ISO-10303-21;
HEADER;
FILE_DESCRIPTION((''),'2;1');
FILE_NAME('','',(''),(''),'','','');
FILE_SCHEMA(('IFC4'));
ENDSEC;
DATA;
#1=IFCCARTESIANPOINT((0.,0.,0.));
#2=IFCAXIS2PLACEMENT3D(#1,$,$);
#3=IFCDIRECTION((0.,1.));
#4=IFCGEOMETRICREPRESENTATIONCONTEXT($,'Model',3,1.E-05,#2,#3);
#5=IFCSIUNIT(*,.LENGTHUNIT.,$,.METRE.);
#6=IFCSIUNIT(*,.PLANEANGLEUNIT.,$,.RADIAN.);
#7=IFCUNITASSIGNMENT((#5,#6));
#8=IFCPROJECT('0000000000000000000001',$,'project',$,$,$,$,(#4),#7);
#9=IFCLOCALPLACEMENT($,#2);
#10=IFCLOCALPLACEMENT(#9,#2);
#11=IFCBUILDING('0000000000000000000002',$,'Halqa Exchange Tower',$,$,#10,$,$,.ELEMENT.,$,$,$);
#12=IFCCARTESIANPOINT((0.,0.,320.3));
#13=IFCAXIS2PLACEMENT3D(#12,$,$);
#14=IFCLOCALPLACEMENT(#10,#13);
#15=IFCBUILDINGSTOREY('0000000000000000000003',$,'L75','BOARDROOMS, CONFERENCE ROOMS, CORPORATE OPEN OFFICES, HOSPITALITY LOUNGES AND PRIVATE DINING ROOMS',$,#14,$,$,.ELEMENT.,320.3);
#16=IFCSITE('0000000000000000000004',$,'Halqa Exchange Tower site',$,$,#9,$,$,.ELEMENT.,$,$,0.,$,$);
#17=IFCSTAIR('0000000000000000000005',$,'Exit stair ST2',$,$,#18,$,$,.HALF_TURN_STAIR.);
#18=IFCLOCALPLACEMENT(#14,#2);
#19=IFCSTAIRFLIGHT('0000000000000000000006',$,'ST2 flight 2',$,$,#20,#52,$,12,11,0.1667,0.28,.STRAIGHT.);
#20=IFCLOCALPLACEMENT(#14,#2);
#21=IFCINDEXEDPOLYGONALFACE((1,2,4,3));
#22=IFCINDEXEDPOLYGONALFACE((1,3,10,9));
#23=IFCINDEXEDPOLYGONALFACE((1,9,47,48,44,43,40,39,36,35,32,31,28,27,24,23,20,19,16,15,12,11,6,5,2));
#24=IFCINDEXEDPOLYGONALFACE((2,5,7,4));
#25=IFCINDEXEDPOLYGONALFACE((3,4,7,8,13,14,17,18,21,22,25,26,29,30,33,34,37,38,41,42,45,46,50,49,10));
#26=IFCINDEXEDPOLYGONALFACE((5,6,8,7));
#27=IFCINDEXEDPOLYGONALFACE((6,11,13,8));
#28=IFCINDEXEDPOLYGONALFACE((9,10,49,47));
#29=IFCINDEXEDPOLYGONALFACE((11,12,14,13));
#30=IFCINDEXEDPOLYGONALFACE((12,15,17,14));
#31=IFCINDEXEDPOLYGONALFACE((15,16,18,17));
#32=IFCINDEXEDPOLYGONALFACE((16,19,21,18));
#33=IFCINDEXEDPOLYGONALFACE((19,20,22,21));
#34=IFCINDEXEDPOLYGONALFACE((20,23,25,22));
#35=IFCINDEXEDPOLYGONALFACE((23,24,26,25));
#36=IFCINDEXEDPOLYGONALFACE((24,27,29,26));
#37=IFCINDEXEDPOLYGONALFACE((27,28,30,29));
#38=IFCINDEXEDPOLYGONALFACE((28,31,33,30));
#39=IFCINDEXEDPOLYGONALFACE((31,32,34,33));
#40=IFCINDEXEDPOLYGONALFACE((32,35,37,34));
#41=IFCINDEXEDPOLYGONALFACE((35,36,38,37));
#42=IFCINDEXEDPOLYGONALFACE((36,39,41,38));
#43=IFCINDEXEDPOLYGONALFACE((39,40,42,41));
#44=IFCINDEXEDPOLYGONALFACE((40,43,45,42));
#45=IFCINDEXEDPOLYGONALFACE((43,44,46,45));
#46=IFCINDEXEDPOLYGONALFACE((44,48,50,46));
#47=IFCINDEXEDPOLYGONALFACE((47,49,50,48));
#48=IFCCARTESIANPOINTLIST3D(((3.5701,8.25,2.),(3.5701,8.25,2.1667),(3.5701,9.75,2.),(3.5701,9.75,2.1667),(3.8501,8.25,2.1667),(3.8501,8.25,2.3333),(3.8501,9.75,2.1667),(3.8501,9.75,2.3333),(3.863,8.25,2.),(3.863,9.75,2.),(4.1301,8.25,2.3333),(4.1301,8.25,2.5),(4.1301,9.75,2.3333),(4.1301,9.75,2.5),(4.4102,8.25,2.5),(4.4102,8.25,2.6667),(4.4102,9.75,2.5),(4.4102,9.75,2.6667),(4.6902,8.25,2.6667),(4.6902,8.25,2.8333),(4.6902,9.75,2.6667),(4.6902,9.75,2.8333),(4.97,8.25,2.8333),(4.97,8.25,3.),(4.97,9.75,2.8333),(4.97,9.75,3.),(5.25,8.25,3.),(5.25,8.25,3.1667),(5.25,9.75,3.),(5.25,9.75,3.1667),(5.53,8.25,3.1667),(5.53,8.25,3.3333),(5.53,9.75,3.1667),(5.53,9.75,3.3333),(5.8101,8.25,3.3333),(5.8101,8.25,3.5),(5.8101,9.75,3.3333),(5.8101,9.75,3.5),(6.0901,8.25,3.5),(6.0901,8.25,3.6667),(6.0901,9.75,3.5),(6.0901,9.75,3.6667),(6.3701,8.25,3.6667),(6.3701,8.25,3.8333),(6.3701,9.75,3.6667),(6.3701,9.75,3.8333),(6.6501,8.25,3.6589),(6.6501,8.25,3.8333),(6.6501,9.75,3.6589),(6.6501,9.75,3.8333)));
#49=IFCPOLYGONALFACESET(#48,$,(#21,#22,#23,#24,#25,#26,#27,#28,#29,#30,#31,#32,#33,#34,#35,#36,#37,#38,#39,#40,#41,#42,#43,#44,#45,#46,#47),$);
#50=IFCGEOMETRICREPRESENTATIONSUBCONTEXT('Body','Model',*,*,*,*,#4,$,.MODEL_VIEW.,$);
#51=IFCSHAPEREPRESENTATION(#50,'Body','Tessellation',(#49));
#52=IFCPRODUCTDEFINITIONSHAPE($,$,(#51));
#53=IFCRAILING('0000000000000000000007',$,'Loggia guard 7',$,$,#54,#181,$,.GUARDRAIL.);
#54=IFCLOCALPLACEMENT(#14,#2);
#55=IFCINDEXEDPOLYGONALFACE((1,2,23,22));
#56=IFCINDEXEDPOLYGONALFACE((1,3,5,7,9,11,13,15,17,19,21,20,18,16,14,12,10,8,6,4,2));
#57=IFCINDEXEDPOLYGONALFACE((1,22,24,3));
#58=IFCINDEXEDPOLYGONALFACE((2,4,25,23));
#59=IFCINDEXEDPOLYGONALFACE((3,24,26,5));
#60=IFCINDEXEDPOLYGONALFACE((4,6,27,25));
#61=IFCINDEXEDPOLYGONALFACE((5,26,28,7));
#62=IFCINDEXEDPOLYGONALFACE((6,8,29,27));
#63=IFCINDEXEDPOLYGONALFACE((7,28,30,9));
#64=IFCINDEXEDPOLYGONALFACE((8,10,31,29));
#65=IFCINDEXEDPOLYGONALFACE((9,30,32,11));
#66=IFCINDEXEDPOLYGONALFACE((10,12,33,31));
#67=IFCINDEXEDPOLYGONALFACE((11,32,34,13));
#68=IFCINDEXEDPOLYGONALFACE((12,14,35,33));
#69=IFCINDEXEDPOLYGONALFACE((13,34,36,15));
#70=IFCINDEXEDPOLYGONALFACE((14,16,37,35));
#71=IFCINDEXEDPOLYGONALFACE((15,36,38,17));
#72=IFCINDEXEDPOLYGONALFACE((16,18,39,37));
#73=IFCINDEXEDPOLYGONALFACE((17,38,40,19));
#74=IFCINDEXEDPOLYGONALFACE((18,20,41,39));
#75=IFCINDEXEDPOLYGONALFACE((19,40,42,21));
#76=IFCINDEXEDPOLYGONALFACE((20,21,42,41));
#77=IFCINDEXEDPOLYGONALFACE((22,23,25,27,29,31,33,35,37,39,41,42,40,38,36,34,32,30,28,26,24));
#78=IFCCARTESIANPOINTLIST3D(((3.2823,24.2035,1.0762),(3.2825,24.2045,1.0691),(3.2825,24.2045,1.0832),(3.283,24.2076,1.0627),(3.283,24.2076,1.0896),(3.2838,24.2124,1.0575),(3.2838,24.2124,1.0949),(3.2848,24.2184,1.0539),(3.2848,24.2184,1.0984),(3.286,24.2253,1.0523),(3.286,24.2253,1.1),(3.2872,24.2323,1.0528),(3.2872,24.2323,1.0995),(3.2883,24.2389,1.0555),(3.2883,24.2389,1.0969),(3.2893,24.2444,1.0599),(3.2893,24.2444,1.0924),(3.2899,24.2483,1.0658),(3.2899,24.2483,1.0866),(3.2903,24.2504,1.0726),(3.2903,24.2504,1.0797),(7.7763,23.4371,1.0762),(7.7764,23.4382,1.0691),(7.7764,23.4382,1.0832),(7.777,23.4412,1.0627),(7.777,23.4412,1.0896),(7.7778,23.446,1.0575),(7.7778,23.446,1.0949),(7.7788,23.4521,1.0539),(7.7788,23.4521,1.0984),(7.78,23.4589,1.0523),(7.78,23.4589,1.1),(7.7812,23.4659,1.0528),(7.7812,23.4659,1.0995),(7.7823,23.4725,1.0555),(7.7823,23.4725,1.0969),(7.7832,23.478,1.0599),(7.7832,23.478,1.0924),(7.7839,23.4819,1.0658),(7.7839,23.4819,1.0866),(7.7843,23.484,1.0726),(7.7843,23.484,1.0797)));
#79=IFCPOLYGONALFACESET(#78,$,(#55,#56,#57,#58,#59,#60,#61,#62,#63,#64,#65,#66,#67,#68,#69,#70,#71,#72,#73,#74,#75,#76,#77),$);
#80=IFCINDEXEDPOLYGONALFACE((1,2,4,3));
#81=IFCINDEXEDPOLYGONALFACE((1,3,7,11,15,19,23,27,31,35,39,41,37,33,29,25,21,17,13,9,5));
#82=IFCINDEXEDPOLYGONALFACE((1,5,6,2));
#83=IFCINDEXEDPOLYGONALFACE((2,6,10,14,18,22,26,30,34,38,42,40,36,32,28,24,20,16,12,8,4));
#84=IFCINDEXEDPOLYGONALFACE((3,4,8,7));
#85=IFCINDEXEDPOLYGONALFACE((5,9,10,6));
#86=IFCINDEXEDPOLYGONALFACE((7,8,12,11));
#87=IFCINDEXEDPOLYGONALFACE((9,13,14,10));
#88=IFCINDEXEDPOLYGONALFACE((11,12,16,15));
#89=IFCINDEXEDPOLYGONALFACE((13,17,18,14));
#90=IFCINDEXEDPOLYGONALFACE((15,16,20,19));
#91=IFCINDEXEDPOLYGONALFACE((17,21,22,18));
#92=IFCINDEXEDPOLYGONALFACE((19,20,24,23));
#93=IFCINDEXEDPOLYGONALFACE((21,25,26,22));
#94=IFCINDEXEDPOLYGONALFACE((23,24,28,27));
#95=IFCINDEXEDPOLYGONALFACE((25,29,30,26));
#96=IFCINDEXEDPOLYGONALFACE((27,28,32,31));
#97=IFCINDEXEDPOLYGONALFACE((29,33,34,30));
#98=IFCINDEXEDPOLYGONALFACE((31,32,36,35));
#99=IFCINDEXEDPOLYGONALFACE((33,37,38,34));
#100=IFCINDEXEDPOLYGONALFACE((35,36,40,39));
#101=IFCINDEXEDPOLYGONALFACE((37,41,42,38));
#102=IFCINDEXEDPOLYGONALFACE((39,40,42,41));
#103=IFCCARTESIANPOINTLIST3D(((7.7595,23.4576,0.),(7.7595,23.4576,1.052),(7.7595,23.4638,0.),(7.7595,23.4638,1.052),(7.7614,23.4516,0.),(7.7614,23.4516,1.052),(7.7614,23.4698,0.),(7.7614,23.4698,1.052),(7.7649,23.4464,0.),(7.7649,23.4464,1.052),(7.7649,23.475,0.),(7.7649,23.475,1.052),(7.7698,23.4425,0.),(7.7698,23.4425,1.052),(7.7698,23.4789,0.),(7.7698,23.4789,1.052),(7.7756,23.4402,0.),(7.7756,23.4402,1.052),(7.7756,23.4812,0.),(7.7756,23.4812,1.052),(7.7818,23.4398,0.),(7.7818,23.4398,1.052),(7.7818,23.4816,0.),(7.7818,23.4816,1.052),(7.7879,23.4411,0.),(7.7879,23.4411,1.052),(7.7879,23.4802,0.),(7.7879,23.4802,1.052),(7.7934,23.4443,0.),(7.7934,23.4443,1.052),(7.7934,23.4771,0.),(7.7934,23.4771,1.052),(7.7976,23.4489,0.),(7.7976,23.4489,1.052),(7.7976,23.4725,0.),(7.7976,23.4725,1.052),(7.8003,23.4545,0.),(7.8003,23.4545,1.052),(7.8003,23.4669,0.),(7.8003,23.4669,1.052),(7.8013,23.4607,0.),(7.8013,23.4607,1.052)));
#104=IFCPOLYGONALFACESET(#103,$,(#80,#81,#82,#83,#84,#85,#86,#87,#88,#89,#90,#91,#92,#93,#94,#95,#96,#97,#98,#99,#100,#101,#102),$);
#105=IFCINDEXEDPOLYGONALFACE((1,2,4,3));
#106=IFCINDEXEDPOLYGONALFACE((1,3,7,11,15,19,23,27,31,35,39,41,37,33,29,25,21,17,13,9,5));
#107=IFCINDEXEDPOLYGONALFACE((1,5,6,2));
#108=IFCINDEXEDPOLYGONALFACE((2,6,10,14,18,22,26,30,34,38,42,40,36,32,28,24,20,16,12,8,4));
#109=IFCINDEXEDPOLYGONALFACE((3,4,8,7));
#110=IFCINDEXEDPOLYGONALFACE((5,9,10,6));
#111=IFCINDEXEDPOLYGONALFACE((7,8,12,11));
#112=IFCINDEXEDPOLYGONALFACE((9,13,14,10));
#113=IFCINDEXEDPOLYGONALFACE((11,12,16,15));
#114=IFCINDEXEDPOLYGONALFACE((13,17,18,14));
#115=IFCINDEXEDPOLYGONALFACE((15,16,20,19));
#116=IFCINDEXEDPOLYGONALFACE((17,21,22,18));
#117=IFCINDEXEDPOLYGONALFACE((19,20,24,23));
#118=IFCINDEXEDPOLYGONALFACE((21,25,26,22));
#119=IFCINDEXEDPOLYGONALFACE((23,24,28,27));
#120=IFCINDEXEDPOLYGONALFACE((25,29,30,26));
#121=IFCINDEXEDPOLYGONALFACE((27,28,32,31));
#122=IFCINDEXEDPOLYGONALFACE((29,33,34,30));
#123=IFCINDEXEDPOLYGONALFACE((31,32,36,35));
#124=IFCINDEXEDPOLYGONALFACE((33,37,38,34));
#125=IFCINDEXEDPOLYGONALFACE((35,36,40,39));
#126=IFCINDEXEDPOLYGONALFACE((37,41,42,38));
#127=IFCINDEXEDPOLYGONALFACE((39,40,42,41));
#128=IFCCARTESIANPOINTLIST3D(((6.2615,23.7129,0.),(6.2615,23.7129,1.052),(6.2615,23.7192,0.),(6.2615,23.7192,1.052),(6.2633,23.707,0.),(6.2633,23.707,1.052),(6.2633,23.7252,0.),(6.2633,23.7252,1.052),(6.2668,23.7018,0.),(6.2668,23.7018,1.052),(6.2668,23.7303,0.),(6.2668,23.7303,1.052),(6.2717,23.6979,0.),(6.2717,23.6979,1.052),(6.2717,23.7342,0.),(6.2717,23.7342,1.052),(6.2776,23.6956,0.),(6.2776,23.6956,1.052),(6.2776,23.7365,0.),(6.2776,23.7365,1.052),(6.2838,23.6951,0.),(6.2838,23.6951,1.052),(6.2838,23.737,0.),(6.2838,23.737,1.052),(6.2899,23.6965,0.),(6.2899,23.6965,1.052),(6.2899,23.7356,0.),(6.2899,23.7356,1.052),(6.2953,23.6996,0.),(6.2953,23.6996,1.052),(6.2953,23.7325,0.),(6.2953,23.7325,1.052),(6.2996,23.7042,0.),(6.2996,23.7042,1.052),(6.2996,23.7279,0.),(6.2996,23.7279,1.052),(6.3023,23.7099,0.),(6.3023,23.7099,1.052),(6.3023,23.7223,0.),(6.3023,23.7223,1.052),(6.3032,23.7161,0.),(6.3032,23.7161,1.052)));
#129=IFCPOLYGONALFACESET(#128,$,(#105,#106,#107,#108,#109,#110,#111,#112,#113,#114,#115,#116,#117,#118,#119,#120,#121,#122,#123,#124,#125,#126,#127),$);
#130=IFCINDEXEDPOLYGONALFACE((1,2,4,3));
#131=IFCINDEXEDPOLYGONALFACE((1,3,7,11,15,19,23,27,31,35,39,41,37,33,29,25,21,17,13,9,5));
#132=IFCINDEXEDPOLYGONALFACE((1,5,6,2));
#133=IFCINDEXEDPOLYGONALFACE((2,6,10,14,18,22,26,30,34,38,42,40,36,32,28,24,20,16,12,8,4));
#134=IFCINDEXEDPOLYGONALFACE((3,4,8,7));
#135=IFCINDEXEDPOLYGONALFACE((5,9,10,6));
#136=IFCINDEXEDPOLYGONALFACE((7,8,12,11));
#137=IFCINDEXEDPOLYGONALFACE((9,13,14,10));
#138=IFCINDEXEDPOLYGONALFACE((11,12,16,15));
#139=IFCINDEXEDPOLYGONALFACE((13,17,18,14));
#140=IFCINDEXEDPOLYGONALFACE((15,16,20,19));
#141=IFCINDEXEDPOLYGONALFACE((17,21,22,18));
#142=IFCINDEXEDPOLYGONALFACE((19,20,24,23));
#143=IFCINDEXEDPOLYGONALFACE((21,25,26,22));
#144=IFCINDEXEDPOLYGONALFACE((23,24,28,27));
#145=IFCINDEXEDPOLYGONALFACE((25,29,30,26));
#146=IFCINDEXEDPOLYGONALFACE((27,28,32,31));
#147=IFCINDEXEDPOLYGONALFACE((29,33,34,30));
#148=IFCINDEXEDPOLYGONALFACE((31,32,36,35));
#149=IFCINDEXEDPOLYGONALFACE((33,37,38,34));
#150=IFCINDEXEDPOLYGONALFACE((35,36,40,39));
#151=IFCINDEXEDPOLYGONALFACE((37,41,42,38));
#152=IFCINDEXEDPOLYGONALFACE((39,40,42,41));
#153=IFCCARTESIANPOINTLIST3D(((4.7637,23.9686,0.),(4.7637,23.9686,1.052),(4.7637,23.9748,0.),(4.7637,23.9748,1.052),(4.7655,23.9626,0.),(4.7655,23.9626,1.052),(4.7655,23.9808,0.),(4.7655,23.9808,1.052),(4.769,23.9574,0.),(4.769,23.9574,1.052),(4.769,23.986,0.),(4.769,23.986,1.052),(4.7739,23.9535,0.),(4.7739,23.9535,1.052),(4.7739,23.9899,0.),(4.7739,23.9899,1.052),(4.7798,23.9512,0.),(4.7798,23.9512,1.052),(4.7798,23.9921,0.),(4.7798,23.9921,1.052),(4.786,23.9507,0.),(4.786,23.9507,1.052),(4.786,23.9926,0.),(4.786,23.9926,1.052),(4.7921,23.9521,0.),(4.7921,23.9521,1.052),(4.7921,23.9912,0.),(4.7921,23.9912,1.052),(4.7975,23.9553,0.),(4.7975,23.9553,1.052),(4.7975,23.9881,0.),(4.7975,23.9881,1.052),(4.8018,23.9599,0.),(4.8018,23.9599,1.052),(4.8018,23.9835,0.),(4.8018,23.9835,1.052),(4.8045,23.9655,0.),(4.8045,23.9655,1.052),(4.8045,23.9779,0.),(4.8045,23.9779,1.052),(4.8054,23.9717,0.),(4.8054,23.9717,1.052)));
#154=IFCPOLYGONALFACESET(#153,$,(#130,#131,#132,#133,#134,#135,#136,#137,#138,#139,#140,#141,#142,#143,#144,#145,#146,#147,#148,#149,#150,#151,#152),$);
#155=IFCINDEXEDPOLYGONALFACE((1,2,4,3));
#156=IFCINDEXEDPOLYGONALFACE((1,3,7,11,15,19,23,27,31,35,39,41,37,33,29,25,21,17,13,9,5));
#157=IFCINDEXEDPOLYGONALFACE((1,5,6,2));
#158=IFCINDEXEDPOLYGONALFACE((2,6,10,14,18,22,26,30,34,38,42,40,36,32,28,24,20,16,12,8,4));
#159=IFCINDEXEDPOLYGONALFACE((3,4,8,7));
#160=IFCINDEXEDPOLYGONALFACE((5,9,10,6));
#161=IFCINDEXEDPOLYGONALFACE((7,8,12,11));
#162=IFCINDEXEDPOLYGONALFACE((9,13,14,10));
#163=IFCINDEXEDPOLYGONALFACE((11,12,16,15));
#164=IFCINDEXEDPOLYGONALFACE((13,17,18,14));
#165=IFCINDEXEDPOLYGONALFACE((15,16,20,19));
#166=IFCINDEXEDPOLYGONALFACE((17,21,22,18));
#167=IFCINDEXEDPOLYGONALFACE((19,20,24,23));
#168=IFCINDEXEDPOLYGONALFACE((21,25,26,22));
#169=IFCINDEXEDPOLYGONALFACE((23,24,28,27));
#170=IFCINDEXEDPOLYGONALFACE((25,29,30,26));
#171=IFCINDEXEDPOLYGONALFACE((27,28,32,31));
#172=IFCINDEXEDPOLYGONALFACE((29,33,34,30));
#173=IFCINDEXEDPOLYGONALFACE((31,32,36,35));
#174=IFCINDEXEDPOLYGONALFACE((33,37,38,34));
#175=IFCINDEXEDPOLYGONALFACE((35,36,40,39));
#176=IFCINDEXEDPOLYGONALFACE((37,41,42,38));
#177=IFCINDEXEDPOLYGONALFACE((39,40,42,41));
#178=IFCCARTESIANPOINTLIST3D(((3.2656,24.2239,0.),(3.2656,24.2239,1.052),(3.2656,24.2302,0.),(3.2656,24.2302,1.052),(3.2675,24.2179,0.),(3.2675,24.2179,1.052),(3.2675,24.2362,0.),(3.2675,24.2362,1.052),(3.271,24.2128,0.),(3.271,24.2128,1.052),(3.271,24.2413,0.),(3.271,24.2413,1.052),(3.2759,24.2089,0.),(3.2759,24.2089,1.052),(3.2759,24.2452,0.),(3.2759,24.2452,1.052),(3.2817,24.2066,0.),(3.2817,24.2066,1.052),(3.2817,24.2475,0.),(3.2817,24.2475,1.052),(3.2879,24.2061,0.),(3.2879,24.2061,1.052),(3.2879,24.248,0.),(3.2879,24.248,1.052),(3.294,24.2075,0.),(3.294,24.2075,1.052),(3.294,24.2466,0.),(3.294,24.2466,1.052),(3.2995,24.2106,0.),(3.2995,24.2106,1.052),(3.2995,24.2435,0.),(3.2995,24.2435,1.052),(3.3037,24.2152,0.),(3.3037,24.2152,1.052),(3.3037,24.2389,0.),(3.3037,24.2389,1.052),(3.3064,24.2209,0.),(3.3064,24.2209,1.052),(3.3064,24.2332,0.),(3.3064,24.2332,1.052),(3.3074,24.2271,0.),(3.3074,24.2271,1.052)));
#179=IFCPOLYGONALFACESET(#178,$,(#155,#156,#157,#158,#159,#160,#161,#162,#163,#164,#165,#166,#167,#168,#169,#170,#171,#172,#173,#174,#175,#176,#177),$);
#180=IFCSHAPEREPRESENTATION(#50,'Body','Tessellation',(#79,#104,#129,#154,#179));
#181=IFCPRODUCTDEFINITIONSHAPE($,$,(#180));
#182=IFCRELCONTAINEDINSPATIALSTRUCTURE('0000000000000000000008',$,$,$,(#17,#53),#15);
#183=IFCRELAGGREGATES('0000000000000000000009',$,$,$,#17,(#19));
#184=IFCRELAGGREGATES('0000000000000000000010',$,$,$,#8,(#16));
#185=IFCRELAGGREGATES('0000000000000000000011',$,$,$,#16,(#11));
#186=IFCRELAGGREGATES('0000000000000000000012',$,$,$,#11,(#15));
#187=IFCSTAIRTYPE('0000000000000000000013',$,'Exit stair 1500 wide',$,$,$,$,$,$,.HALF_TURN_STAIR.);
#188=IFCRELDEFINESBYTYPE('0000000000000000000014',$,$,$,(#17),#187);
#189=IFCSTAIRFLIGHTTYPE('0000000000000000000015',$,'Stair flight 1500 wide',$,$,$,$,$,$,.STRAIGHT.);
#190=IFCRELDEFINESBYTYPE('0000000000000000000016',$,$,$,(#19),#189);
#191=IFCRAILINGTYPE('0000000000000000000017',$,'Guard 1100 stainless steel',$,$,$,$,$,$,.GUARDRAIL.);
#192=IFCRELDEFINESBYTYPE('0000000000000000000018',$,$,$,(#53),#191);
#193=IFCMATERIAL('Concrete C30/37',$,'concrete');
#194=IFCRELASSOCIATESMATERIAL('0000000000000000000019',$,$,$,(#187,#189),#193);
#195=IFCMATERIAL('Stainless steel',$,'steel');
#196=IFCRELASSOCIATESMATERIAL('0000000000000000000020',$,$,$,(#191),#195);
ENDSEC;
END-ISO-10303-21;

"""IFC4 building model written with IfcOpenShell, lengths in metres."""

from ifc_helpers import new_model, si_unit, direction, frame, origin, origin_2d, place, context, subcontext, project, spatial, polyline, circle, outline, extrude, material, type_object, element, aggregate, save


model = new_model("IFC4")

# Units and contexts
model_context = context("Model", 3, precision=1e-05, world=origin(), true_north=direction((0.0, 1.0)))
body_context = subcontext(model_context, "Body", "Model", "MODEL_VIEW")
ifc_project = project(units=[si_unit("LENGTHUNIT", "METRE"), si_unit("PLANEANGLEUNIT", "RADIAN")], contexts=[model_context])

# Site, building, storey
site_placement = place(None, origin())
site = spatial("IfcSite", under=ifc_project, at=site_placement, Name="Halqa Exchange Tower site", CompositionType="ELEMENT", RefElevation=0.0)
building_placement = place(site_placement, origin())
building = spatial("IfcBuilding", under=site, at=building_placement, Name="Halqa Exchange Tower", CompositionType="ELEMENT")
storey_placement = place(building_placement, frame((0.0, 0.0, 320.3)))
storey = spatial("IfcBuildingStorey", under=building, at=storey_placement, Name="L75", Description="BOARDROOMS, CONFERENCE ROOMS, CORPORATE OPEN OFFICES, HOSPITALITY LOUNGES AND PRIVATE DINING ROOMS", CompositionType="ELEMENT", Elevation=320.3)

# Stair
ifc_material_1 = material(Name="Concrete C30/37", Category="concrete")
stair_type = type_object("IfcStairType", Name="Exit stair 1500 wide", PredefinedType="HALF_TURN_STAIR", material=ifc_material_1)
stair_1_placement = place(storey_placement, origin())
stair_1 = element("IfcStair", 1, at=stair_1_placement, inside=storey, type_object=stair_type, Name="Exit stair ST2", PredefinedType="HALF_TURN_STAIR")

# Stair flight
stair_flight_type = type_object("IfcStairFlightType", Name="Stair flight 1500 wide", PredefinedType="STRAIGHT", material=ifc_material_1)
stair_flight_1_placement = place(storey_placement, frame((3.5701, 9.0, 2.0), z_axis=(0.0, 0.0, 1.0), x_axis=(1.0, 0.0, 0.0)))
stair_flight_1 = element("IfcStairFlight", 2, at=stair_flight_1_placement, type_object=stair_flight_type, Name="ST2 flight 2", NumberOfRisers=12, NumberOfTreads=11, PredefinedType="STRAIGHT", RiserHeight=0.1667, TreadLength=0.28, context=body_context, shape_type="SweptSolid", body=[
    extrude(outline(polyline([(0.0, 0.0), (0.0, 0.1667), (0.28, 0.1667), (0.28, 0.3333), (0.5601, 0.3333), (0.5601, 0.5), (0.8401, 0.5), (0.8401, 0.6667), (1.1201, 0.6667), (1.1201, 0.8333), (1.3999, 0.8333), (1.3999, 1.0), (1.6799, 1.0), (1.6799, 1.1667), (1.96, 1.1667), (1.96, 1.3333), (2.24, 1.3333), (2.24, 1.5), (2.52, 1.5), (2.52, 1.6667), (2.8, 1.6667), (2.8, 1.8333), (3.0801, 1.8333), (3.0801, 2.0), (3.0801, 1.6589), (0.293, 0.0), (0.0, 0.0)])), frame((0.0, 0.75, 0.0), z_axis=(0.0, -1.0, 0.0), x_axis=(1.0, 0.0, 0.0)), (0.0, 0.0, 1.0), 1.5),
])
aggregate(stair_1, [stair_flight_1])

# Railing
ifc_material_2 = material(Name="Stainless steel", Category="steel")
railing_type_1 = type_object("IfcRailingType", Name="Guard 1100 stainless steel", PredefinedType="GUARDRAIL", material=ifc_material_2)
railing_1_placement = place(storey_placement, frame((7.7803, 23.4607, 0.0)))
element("IfcRailing", 3, at=railing_1_placement, inside=storey, type_object=railing_type_1, Name="Loggia guard 7", PredefinedType="GUARDRAIL", context=body_context, shape_type="SweptSolid", body=[
    extrude(circle(Radius=0.0239, at=origin_2d()), frame((0.0, 0.0, 1.0762), z_axis=(-0.985769, 0.168106, 0.0), x_axis=(-0.168106, -0.985769, 0.0)), (0.0, 0.0, 1.0), 4.5588),
    extrude(circle(Radius=0.021, at=origin_2d()), origin(), (0.0, 0.0, 1.0), 1.052),
    extrude(circle(Radius=0.021, at=origin_2d()), frame((-1.498, 0.2554, 0.0)), (0.0, 0.0, 1.0), 1.052),
    extrude(circle(Radius=0.021, at=origin_2d()), frame((-2.9958, 0.511, 0.0)), (0.0, 0.0, 1.0), 1.052),
    extrude(circle(Radius=0.021, at=origin_2d()), frame((-4.4939, 0.7664, 0.0)), (0.0, 0.0, 1.0), 1.052),
])

save(model, "model.ifc")
